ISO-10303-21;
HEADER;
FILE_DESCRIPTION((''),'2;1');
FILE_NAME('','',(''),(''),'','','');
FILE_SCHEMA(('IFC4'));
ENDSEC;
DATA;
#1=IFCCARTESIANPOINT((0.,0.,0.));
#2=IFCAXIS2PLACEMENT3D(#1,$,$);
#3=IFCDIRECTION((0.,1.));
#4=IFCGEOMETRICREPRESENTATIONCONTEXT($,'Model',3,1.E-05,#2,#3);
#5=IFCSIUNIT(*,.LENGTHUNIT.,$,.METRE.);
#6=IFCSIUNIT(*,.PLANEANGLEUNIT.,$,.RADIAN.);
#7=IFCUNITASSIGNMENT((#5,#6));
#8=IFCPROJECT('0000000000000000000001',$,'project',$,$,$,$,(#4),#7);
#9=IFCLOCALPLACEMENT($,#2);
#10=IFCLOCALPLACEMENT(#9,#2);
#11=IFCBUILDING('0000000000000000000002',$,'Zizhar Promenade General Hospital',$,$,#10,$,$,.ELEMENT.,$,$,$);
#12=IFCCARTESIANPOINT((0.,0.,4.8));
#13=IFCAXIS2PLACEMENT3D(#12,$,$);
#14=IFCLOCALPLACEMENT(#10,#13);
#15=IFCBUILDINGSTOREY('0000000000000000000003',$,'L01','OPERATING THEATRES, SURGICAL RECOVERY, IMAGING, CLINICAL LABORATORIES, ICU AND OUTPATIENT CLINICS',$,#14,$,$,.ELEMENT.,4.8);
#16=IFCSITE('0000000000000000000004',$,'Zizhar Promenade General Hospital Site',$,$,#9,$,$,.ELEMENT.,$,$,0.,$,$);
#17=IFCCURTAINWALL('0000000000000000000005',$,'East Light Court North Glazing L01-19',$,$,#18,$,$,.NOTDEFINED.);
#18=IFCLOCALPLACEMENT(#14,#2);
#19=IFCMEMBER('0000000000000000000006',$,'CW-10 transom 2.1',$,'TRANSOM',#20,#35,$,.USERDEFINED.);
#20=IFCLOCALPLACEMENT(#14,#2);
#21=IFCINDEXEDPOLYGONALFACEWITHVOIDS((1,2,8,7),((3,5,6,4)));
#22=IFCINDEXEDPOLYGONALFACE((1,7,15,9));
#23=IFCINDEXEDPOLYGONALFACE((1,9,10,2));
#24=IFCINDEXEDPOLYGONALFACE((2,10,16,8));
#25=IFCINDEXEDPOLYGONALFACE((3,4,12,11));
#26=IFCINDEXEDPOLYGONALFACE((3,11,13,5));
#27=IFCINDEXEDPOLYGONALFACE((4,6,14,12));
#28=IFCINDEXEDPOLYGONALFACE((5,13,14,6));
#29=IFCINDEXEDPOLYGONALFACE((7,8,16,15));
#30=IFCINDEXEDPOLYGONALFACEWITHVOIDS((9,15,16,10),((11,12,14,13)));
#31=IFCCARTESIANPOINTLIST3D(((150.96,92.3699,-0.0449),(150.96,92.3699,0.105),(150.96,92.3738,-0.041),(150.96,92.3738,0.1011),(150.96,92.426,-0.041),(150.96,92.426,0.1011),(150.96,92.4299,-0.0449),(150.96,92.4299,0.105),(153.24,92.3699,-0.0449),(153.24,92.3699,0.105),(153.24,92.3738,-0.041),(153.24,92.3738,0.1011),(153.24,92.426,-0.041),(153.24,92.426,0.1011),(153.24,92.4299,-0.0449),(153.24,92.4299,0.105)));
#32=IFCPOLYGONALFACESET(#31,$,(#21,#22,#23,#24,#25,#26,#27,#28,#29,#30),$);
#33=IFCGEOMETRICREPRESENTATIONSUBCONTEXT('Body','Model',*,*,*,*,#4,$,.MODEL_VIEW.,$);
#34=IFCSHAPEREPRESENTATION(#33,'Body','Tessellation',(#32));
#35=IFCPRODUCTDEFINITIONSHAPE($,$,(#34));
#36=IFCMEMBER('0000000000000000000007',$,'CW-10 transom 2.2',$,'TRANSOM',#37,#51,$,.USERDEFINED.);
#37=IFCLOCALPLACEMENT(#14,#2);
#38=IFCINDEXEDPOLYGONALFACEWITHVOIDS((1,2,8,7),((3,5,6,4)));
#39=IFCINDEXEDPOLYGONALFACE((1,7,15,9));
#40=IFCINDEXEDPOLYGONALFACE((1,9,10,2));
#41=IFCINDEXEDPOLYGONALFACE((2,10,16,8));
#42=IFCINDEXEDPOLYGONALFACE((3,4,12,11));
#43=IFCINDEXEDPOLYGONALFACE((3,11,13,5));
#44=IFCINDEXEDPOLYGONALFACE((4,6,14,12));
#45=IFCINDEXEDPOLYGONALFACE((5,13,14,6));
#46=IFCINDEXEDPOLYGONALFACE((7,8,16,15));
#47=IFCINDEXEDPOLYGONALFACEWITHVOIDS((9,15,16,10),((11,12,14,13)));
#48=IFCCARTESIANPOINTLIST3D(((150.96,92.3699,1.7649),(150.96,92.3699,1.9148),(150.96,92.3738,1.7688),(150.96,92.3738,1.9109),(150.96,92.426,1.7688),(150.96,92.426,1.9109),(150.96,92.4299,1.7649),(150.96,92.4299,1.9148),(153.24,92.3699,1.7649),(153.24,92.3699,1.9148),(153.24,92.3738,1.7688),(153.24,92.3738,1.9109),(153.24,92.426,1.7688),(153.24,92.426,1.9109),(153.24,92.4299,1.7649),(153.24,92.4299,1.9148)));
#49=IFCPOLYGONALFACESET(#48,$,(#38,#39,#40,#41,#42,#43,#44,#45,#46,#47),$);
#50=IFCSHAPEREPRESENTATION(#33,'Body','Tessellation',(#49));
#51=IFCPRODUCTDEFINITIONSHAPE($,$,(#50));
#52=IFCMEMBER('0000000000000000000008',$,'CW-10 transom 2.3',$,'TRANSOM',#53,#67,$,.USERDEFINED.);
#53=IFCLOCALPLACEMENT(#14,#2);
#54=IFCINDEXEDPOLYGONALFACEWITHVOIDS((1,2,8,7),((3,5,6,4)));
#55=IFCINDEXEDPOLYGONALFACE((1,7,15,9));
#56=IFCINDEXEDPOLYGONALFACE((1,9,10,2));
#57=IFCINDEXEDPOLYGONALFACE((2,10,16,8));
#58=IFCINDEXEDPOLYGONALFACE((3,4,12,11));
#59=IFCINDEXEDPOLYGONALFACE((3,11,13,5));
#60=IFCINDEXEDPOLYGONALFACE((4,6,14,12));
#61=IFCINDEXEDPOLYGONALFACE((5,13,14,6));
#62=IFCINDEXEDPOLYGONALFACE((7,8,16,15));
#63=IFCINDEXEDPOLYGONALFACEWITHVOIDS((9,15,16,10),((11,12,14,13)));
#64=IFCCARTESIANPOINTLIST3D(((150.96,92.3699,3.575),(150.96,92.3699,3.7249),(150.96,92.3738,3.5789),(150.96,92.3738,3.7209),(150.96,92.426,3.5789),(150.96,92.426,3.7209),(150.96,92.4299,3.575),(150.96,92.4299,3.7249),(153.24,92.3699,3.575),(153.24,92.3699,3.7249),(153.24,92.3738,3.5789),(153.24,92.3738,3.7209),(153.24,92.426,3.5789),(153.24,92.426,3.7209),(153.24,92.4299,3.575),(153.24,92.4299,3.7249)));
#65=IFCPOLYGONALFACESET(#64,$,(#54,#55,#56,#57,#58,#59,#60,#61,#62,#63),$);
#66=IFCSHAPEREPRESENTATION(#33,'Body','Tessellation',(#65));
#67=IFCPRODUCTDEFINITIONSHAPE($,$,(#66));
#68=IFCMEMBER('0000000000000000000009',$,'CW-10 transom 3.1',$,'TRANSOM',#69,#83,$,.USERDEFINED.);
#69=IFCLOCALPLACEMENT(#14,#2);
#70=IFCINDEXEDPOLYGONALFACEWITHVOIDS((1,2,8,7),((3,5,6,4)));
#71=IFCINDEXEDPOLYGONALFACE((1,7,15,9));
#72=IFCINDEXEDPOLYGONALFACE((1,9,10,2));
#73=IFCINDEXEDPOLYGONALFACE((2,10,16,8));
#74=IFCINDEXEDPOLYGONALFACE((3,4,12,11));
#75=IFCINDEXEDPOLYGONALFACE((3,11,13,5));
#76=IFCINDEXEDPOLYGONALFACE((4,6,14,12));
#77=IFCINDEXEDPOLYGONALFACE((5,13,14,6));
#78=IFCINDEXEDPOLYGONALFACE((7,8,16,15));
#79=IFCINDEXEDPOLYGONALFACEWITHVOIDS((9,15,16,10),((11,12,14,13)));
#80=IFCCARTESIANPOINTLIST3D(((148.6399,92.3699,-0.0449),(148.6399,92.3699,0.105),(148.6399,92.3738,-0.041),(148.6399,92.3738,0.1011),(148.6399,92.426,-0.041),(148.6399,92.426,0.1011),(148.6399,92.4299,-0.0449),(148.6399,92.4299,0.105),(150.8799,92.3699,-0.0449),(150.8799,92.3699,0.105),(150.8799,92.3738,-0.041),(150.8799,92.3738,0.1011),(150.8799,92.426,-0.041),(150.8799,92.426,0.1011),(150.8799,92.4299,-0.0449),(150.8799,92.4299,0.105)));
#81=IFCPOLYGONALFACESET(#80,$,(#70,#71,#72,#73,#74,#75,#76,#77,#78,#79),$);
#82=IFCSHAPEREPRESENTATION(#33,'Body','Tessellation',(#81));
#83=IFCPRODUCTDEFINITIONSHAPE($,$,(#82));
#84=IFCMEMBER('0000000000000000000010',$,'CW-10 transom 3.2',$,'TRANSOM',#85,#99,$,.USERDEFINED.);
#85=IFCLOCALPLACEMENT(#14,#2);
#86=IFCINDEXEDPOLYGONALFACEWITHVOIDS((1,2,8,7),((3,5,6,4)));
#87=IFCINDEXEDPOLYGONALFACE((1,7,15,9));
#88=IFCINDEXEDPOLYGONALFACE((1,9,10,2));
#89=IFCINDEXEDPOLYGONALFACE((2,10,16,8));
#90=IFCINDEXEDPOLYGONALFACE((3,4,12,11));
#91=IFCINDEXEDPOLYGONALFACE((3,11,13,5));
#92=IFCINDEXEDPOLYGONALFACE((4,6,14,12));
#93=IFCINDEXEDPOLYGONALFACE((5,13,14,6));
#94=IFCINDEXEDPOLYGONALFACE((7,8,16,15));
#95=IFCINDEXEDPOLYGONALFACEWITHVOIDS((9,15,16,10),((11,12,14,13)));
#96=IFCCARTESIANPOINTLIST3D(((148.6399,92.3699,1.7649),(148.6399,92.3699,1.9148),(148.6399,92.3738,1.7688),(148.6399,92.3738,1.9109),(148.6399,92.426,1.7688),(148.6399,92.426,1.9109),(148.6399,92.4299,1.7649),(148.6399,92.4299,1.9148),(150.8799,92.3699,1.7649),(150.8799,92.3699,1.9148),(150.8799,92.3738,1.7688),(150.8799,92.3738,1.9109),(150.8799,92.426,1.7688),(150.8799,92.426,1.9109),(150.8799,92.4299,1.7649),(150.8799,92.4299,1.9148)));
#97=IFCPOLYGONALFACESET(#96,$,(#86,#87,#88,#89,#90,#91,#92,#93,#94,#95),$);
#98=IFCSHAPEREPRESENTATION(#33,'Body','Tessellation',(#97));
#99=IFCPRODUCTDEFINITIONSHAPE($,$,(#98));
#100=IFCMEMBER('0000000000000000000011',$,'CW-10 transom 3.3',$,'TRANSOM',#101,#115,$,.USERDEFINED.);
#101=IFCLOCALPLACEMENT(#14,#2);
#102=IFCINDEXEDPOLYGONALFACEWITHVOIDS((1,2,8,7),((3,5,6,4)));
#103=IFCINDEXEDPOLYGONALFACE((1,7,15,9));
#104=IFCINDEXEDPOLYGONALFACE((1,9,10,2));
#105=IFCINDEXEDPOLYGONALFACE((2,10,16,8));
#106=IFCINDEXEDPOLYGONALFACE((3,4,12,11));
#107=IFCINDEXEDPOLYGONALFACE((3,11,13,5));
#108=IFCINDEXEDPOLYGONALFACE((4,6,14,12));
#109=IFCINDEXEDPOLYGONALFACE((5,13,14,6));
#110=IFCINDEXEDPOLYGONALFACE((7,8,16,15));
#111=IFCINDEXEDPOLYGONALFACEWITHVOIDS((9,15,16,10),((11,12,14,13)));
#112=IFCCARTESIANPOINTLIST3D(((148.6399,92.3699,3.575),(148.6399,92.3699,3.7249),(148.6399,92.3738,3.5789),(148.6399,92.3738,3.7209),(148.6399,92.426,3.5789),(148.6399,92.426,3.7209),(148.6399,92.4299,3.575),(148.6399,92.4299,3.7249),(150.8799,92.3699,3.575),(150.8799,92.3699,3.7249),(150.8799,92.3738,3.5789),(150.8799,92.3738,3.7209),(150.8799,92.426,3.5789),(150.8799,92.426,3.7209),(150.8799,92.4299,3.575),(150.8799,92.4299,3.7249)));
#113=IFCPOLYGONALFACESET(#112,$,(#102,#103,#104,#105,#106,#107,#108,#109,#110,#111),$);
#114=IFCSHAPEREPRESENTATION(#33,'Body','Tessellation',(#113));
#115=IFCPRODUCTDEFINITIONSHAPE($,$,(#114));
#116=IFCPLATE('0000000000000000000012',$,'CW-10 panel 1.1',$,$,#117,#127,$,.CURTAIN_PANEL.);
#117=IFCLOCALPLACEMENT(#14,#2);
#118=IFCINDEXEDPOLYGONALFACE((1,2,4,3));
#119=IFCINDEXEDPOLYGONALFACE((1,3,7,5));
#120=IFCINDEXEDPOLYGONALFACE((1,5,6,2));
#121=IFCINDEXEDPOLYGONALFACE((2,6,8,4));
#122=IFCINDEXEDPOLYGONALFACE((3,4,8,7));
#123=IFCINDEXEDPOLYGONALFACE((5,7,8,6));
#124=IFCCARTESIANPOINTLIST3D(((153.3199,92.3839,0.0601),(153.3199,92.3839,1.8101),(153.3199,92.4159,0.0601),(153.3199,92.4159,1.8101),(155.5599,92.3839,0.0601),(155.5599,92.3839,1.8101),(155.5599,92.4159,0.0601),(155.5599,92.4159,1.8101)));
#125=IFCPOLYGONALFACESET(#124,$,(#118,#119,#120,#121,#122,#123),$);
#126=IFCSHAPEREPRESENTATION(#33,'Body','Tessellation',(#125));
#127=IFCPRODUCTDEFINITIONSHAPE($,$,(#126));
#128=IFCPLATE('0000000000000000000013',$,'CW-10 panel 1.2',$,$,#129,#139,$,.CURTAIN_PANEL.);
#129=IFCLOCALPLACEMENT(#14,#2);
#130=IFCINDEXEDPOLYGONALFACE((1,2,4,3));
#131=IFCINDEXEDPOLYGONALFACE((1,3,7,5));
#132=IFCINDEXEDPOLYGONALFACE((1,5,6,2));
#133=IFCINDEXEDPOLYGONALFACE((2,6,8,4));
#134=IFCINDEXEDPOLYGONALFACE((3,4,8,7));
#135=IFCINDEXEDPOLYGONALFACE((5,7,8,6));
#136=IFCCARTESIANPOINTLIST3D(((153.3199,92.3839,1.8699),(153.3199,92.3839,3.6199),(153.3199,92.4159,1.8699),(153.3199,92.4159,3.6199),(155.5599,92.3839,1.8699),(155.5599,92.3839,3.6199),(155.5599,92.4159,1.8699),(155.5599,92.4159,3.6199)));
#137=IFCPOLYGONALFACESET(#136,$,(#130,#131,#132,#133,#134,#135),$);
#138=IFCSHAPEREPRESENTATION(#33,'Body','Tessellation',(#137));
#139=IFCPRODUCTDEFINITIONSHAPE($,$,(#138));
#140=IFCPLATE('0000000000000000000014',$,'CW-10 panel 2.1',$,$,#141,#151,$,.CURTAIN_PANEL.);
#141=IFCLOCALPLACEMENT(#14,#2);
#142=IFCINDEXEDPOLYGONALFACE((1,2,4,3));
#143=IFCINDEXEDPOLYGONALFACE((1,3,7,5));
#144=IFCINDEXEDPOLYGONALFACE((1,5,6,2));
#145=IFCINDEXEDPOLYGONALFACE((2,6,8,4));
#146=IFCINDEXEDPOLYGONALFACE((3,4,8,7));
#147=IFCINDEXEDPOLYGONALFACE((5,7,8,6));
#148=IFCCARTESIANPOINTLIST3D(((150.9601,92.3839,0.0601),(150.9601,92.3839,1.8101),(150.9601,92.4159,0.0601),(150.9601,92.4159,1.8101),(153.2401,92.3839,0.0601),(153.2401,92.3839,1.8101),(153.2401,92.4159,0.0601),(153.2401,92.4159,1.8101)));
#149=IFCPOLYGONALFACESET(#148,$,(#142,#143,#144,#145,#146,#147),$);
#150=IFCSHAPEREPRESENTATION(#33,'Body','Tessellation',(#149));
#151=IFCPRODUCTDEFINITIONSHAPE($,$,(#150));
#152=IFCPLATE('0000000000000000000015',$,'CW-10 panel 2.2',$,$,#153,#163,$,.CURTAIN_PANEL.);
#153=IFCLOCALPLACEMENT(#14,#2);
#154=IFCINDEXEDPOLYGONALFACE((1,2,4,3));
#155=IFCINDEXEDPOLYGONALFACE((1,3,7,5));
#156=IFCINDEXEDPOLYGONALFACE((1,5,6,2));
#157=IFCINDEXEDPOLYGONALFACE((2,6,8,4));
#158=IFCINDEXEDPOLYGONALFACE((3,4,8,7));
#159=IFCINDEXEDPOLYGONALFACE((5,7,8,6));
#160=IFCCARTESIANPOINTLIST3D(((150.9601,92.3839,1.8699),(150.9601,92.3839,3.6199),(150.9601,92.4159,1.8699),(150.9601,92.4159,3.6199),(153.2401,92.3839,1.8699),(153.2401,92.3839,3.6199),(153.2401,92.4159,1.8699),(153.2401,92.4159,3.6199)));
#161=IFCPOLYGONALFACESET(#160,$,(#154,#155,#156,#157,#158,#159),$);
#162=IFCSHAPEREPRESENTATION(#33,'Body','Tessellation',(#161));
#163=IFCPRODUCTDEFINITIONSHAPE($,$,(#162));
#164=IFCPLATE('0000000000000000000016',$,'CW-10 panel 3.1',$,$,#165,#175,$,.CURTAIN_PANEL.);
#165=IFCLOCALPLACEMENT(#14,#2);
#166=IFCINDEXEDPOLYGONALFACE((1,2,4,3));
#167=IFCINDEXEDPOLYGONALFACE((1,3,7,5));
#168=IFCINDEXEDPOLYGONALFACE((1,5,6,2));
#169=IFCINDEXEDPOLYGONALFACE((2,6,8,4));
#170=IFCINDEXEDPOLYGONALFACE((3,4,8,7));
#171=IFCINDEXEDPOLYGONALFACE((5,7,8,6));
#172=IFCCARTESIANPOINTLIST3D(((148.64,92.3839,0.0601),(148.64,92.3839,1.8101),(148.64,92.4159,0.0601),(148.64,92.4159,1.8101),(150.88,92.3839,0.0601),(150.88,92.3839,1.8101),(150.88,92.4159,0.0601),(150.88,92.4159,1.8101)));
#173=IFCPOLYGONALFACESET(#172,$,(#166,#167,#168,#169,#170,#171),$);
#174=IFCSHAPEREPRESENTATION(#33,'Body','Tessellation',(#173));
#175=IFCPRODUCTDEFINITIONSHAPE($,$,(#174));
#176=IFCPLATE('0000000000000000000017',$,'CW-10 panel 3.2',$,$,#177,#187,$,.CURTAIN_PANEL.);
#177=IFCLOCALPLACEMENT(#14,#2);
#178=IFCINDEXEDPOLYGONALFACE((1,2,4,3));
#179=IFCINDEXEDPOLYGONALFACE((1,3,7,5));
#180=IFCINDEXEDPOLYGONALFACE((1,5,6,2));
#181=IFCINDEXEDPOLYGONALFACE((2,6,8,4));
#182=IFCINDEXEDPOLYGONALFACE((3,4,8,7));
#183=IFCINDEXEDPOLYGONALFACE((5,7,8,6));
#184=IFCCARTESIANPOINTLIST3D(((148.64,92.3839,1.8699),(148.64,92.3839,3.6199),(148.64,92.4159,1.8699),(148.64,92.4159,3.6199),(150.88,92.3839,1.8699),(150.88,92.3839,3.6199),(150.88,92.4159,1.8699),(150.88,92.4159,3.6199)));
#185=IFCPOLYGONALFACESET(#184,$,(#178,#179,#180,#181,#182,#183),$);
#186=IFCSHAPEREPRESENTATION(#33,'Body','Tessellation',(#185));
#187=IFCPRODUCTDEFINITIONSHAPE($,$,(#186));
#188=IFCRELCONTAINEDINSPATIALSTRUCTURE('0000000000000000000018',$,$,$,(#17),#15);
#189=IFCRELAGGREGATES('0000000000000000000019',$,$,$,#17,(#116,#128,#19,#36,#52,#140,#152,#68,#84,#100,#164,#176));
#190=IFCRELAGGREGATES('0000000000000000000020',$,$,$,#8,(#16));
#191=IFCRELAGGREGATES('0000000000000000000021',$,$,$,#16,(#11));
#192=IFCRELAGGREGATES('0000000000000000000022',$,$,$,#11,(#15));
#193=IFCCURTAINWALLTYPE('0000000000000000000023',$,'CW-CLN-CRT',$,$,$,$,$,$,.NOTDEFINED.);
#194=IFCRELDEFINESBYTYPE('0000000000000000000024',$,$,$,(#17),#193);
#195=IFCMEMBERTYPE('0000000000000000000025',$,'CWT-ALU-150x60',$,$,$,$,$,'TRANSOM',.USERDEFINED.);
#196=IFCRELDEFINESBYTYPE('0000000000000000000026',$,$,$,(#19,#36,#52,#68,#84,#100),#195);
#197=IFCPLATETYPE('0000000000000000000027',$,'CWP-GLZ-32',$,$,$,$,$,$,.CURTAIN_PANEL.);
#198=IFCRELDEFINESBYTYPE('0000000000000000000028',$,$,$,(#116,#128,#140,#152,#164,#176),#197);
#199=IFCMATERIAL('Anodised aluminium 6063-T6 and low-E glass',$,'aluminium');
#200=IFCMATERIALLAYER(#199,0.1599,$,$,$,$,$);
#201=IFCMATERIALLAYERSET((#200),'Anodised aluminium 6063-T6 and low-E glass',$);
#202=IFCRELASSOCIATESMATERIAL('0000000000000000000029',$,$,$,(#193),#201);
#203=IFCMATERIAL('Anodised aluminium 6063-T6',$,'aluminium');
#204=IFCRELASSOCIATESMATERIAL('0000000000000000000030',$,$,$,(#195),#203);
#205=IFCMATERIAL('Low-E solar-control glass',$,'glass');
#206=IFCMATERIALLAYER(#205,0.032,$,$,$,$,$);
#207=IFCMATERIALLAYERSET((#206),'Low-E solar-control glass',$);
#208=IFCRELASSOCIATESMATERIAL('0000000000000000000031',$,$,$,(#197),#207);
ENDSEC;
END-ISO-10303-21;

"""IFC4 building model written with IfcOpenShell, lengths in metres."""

from ifc_helpers import new_model, si_unit, direction, frame, origin, origin_2d, place, context, subcontext, project, spatial, rectangle, hollow_rectangle, extrude, material, layer, layer_set, material_profile, profile_set, type_object, element, aggregate, save


model = new_model("IFC4")

# Units and contexts
model_context = context("Model", 3, precision=1e-05, world=origin(), true_north=direction((0.0, 1.0)))
body_context = subcontext(model_context, "Body", "Model", "MODEL_VIEW")
ifc_project = project(units=[si_unit("LENGTHUNIT", "METRE"), si_unit("PLANEANGLEUNIT", "RADIAN")], contexts=[model_context])

# Site, building, storey
site_placement = place(None, origin())
site = spatial("IfcSite", under=ifc_project, at=site_placement, Name="Zizhar Promenade General Hospital Site", CompositionType="ELEMENT", RefElevation=0.0)
building_placement = place(site_placement, origin())
building = spatial("IfcBuilding", under=site, at=building_placement, Name="Zizhar Promenade General Hospital", CompositionType="ELEMENT")
storey_placement = place(building_placement, frame((0.0, 0.0, 4.8)))
storey = spatial("IfcBuildingStorey", under=building, at=storey_placement, Name="L01", Description="OPERATING THEATRES, SURGICAL RECOVERY, IMAGING, CLINICAL LABORATORIES, ICU AND OUTPATIENT CLINICS", CompositionType="ELEMENT", Elevation=4.8)

# Curtain wall, members, plates
ifc_material_1 = material(Name="Anodised aluminium 6063-T6 and low-E glass", Category="aluminium")
ifc_layer_1 = layer(ifc_material_1, 0.1599)
ifc_layer_set_1 = layer_set([ifc_layer_1], Name="Anodised aluminium 6063-T6 and low-E glass")
curtain_wall_type = type_object("IfcCurtainWallType", Name="CW-CLN-CRT", PredefinedType="NOTDEFINED", material=ifc_layer_set_1)
curtain_wall_placement = place(storey_placement, origin())
curtain_wall = element("IfcCurtainWall", 1, at=curtain_wall_placement, inside=storey, type_object=curtain_wall_type, Name="East Light Court North Glazing L01-19", PredefinedType="NOTDEFINED")
ifc_material_2 = material(Name="Anodised aluminium 6063-T6", Category="aluminium")
ifc_material_profile_1 = material_profile(ifc_material_2, hollow_rectangle(XDim=0.0601, YDim=0.1499, WallThickness=0.0039, at=origin_2d()))
ifc_profile_set_1 = profile_set([ifc_material_profile_1], Name="Anodised aluminium 6063-T6")
member_type_1 = type_object("IfcMemberType", Name="CWT-ALU-150x60", ElementType="TRANSOM", PredefinedType="USERDEFINED", material=ifc_profile_set_1)
member_1_placement = place(storey_placement, frame((153.24, 92.3999, 0.03), z_axis=(-1.0, 0.0, 0.0), x_axis=(0.0, -1.0, 0.0)))
member_1 = element("IfcMember", 2, at=member_1_placement, type_object=member_type_1, Name="CW-10 transom 2.1", ObjectType="TRANSOM", PredefinedType="USERDEFINED", context=body_context, shape_type="SweptSolid", body=[
    extrude(hollow_rectangle(XDim=0.0601, YDim=0.1499, WallThickness=0.0039, at=origin_2d()), origin(), (0.0, 0.0, 1.0), 2.28),
])
member_2_placement = place(storey_placement, frame((153.24, 92.3999, 1.8398), z_axis=(-1.0, 0.0, 0.0), x_axis=(0.0, -1.0, 0.0)))
member_2 = element("IfcMember", 3, at=member_2_placement, type_object=member_type_1, Name="CW-10 transom 2.2", ObjectType="TRANSOM", PredefinedType="USERDEFINED", context=body_context, shape_type="SweptSolid", body=[
    extrude(hollow_rectangle(XDim=0.0601, YDim=0.1499, WallThickness=0.0039, at=origin_2d()), origin(), (0.0, 0.0, 1.0), 2.28),
])
member_3_placement = place(storey_placement, frame((153.24, 92.3999, 3.6499), z_axis=(-1.0, 0.0, 0.0), x_axis=(0.0, -1.0, 0.0)))
member_3 = element("IfcMember", 4, at=member_3_placement, type_object=member_type_1, Name="CW-10 transom 2.3", ObjectType="TRANSOM", PredefinedType="USERDEFINED", context=body_context, shape_type="SweptSolid", body=[
    extrude(hollow_rectangle(XDim=0.0601, YDim=0.1499, WallThickness=0.0039, at=origin_2d()), origin(), (0.0, 0.0, 1.0), 2.28),
])
member_4_placement = place(storey_placement, frame((150.8799, 92.3999, 0.03), z_axis=(-1.0, 0.0, 0.0), x_axis=(0.0, -1.0, 0.0)))
member_4 = element("IfcMember", 5, at=member_4_placement, type_object=member_type_1, Name="CW-10 transom 3.1", ObjectType="TRANSOM", PredefinedType="USERDEFINED", context=body_context, shape_type="SweptSolid", body=[
    extrude(hollow_rectangle(XDim=0.0601, YDim=0.1499, WallThickness=0.0039, at=origin_2d()), origin(), (0.0, 0.0, 1.0), 2.24),
])
member_5_placement = place(storey_placement, frame((150.8799, 92.3999, 1.8398), z_axis=(-1.0, 0.0, 0.0), x_axis=(0.0, -1.0, 0.0)))
member_5 = element("IfcMember", 6, at=member_5_placement, type_object=member_type_1, Name="CW-10 transom 3.2", ObjectType="TRANSOM", PredefinedType="USERDEFINED", context=body_context, shape_type="SweptSolid", body=[
    extrude(hollow_rectangle(XDim=0.0601, YDim=0.1499, WallThickness=0.0039, at=origin_2d()), origin(), (0.0, 0.0, 1.0), 2.24),
])
member_6_placement = place(storey_placement, frame((150.8799, 92.3999, 3.6499), z_axis=(-1.0, 0.0, 0.0), x_axis=(0.0, -1.0, 0.0)))
member_6 = element("IfcMember", 7, at=member_6_placement, type_object=member_type_1, Name="CW-10 transom 3.3", ObjectType="TRANSOM", PredefinedType="USERDEFINED", context=body_context, shape_type="SweptSolid", body=[
    extrude(hollow_rectangle(XDim=0.0601, YDim=0.1499, WallThickness=0.0039, at=origin_2d()), origin(), (0.0, 0.0, 1.0), 2.24),
])
ifc_material_3 = material(Name="Low-E solar-control glass", Category="glass")
ifc_layer_2 = layer(ifc_material_3, 0.032)
ifc_layer_set_2 = layer_set([ifc_layer_2], Name="Low-E solar-control glass")
plate_type = type_object("IfcPlateType", Name="CWP-GLZ-32", PredefinedType="CURTAIN_PANEL", material=ifc_layer_set_2)
plate_1_placement = place(storey_placement, frame((154.4399, 92.3999, 0.0601), z_axis=(0.0, 0.0, 1.0), x_axis=(-1.0, 0.0, 0.0)))
plate_1 = element("IfcPlate", 8, at=plate_1_placement, type_object=plate_type, Name="CW-10 panel 1.1", PredefinedType="CURTAIN_PANEL", context=body_context, shape_type="SweptSolid", body=[
    extrude(rectangle(XDim=2.24, YDim=0.032, at=origin_2d()), origin(), (0.0, 0.0, 1.0), 1.75),
])
plate_2_placement = place(storey_placement, frame((154.4399, 92.3999, 1.8699), z_axis=(0.0, 0.0, 1.0), x_axis=(-1.0, 0.0, 0.0)))
plate_2 = element("IfcPlate", 9, at=plate_2_placement, type_object=plate_type, Name="CW-10 panel 1.2", PredefinedType="CURTAIN_PANEL", context=body_context, shape_type="SweptSolid", body=[
    extrude(rectangle(XDim=2.24, YDim=0.032, at=origin_2d()), origin(), (0.0, 0.0, 1.0), 1.75),
])
plate_3_placement = place(storey_placement, frame((152.1001, 92.3999, 0.0601), z_axis=(0.0, 0.0, 1.0), x_axis=(-1.0, 0.0, 0.0)))
plate_3 = element("IfcPlate", 10, at=plate_3_placement, type_object=plate_type, Name="CW-10 panel 2.1", PredefinedType="CURTAIN_PANEL", context=body_context, shape_type="SweptSolid", body=[
    extrude(rectangle(XDim=2.28, YDim=0.032, at=origin_2d()), origin(), (0.0, 0.0, 1.0), 1.75),
])
plate_4_placement = place(storey_placement, frame((152.1001, 92.3999, 1.8699), z_axis=(0.0, 0.0, 1.0), x_axis=(-1.0, 0.0, 0.0)))
plate_4 = element("IfcPlate", 11, at=plate_4_placement, type_object=plate_type, Name="CW-10 panel 2.2", PredefinedType="CURTAIN_PANEL", context=body_context, shape_type="SweptSolid", body=[
    extrude(rectangle(XDim=2.28, YDim=0.032, at=origin_2d()), origin(), (0.0, 0.0, 1.0), 1.75),
])
plate_5_placement = place(storey_placement, frame((149.76, 92.3999, 0.0601), z_axis=(0.0, 0.0, 1.0), x_axis=(-1.0, 0.0, 0.0)))
plate_5 = element("IfcPlate", 12, at=plate_5_placement, type_object=plate_type, Name="CW-10 panel 3.1", PredefinedType="CURTAIN_PANEL", context=body_context, shape_type="SweptSolid", body=[
    extrude(rectangle(XDim=2.24, YDim=0.032, at=origin_2d()), origin(), (0.0, 0.0, 1.0), 1.75),
])
plate_6_placement = place(storey_placement, frame((149.76, 92.3999, 1.8699), z_axis=(0.0, 0.0, 1.0), x_axis=(-1.0, 0.0, 0.0)))
plate_6 = element("IfcPlate", 13, at=plate_6_placement, type_object=plate_type, Name="CW-10 panel 3.2", PredefinedType="CURTAIN_PANEL", context=body_context, shape_type="SweptSolid", body=[
    extrude(rectangle(XDim=2.24, YDim=0.032, at=origin_2d()), origin(), (0.0, 0.0, 1.0), 1.75),
])
aggregate(curtain_wall, [plate_1, plate_2, member_1, member_2, member_3, plate_3, plate_4, member_4, member_5, member_6, plate_5, plate_6])

save(model, "model.ifc")
